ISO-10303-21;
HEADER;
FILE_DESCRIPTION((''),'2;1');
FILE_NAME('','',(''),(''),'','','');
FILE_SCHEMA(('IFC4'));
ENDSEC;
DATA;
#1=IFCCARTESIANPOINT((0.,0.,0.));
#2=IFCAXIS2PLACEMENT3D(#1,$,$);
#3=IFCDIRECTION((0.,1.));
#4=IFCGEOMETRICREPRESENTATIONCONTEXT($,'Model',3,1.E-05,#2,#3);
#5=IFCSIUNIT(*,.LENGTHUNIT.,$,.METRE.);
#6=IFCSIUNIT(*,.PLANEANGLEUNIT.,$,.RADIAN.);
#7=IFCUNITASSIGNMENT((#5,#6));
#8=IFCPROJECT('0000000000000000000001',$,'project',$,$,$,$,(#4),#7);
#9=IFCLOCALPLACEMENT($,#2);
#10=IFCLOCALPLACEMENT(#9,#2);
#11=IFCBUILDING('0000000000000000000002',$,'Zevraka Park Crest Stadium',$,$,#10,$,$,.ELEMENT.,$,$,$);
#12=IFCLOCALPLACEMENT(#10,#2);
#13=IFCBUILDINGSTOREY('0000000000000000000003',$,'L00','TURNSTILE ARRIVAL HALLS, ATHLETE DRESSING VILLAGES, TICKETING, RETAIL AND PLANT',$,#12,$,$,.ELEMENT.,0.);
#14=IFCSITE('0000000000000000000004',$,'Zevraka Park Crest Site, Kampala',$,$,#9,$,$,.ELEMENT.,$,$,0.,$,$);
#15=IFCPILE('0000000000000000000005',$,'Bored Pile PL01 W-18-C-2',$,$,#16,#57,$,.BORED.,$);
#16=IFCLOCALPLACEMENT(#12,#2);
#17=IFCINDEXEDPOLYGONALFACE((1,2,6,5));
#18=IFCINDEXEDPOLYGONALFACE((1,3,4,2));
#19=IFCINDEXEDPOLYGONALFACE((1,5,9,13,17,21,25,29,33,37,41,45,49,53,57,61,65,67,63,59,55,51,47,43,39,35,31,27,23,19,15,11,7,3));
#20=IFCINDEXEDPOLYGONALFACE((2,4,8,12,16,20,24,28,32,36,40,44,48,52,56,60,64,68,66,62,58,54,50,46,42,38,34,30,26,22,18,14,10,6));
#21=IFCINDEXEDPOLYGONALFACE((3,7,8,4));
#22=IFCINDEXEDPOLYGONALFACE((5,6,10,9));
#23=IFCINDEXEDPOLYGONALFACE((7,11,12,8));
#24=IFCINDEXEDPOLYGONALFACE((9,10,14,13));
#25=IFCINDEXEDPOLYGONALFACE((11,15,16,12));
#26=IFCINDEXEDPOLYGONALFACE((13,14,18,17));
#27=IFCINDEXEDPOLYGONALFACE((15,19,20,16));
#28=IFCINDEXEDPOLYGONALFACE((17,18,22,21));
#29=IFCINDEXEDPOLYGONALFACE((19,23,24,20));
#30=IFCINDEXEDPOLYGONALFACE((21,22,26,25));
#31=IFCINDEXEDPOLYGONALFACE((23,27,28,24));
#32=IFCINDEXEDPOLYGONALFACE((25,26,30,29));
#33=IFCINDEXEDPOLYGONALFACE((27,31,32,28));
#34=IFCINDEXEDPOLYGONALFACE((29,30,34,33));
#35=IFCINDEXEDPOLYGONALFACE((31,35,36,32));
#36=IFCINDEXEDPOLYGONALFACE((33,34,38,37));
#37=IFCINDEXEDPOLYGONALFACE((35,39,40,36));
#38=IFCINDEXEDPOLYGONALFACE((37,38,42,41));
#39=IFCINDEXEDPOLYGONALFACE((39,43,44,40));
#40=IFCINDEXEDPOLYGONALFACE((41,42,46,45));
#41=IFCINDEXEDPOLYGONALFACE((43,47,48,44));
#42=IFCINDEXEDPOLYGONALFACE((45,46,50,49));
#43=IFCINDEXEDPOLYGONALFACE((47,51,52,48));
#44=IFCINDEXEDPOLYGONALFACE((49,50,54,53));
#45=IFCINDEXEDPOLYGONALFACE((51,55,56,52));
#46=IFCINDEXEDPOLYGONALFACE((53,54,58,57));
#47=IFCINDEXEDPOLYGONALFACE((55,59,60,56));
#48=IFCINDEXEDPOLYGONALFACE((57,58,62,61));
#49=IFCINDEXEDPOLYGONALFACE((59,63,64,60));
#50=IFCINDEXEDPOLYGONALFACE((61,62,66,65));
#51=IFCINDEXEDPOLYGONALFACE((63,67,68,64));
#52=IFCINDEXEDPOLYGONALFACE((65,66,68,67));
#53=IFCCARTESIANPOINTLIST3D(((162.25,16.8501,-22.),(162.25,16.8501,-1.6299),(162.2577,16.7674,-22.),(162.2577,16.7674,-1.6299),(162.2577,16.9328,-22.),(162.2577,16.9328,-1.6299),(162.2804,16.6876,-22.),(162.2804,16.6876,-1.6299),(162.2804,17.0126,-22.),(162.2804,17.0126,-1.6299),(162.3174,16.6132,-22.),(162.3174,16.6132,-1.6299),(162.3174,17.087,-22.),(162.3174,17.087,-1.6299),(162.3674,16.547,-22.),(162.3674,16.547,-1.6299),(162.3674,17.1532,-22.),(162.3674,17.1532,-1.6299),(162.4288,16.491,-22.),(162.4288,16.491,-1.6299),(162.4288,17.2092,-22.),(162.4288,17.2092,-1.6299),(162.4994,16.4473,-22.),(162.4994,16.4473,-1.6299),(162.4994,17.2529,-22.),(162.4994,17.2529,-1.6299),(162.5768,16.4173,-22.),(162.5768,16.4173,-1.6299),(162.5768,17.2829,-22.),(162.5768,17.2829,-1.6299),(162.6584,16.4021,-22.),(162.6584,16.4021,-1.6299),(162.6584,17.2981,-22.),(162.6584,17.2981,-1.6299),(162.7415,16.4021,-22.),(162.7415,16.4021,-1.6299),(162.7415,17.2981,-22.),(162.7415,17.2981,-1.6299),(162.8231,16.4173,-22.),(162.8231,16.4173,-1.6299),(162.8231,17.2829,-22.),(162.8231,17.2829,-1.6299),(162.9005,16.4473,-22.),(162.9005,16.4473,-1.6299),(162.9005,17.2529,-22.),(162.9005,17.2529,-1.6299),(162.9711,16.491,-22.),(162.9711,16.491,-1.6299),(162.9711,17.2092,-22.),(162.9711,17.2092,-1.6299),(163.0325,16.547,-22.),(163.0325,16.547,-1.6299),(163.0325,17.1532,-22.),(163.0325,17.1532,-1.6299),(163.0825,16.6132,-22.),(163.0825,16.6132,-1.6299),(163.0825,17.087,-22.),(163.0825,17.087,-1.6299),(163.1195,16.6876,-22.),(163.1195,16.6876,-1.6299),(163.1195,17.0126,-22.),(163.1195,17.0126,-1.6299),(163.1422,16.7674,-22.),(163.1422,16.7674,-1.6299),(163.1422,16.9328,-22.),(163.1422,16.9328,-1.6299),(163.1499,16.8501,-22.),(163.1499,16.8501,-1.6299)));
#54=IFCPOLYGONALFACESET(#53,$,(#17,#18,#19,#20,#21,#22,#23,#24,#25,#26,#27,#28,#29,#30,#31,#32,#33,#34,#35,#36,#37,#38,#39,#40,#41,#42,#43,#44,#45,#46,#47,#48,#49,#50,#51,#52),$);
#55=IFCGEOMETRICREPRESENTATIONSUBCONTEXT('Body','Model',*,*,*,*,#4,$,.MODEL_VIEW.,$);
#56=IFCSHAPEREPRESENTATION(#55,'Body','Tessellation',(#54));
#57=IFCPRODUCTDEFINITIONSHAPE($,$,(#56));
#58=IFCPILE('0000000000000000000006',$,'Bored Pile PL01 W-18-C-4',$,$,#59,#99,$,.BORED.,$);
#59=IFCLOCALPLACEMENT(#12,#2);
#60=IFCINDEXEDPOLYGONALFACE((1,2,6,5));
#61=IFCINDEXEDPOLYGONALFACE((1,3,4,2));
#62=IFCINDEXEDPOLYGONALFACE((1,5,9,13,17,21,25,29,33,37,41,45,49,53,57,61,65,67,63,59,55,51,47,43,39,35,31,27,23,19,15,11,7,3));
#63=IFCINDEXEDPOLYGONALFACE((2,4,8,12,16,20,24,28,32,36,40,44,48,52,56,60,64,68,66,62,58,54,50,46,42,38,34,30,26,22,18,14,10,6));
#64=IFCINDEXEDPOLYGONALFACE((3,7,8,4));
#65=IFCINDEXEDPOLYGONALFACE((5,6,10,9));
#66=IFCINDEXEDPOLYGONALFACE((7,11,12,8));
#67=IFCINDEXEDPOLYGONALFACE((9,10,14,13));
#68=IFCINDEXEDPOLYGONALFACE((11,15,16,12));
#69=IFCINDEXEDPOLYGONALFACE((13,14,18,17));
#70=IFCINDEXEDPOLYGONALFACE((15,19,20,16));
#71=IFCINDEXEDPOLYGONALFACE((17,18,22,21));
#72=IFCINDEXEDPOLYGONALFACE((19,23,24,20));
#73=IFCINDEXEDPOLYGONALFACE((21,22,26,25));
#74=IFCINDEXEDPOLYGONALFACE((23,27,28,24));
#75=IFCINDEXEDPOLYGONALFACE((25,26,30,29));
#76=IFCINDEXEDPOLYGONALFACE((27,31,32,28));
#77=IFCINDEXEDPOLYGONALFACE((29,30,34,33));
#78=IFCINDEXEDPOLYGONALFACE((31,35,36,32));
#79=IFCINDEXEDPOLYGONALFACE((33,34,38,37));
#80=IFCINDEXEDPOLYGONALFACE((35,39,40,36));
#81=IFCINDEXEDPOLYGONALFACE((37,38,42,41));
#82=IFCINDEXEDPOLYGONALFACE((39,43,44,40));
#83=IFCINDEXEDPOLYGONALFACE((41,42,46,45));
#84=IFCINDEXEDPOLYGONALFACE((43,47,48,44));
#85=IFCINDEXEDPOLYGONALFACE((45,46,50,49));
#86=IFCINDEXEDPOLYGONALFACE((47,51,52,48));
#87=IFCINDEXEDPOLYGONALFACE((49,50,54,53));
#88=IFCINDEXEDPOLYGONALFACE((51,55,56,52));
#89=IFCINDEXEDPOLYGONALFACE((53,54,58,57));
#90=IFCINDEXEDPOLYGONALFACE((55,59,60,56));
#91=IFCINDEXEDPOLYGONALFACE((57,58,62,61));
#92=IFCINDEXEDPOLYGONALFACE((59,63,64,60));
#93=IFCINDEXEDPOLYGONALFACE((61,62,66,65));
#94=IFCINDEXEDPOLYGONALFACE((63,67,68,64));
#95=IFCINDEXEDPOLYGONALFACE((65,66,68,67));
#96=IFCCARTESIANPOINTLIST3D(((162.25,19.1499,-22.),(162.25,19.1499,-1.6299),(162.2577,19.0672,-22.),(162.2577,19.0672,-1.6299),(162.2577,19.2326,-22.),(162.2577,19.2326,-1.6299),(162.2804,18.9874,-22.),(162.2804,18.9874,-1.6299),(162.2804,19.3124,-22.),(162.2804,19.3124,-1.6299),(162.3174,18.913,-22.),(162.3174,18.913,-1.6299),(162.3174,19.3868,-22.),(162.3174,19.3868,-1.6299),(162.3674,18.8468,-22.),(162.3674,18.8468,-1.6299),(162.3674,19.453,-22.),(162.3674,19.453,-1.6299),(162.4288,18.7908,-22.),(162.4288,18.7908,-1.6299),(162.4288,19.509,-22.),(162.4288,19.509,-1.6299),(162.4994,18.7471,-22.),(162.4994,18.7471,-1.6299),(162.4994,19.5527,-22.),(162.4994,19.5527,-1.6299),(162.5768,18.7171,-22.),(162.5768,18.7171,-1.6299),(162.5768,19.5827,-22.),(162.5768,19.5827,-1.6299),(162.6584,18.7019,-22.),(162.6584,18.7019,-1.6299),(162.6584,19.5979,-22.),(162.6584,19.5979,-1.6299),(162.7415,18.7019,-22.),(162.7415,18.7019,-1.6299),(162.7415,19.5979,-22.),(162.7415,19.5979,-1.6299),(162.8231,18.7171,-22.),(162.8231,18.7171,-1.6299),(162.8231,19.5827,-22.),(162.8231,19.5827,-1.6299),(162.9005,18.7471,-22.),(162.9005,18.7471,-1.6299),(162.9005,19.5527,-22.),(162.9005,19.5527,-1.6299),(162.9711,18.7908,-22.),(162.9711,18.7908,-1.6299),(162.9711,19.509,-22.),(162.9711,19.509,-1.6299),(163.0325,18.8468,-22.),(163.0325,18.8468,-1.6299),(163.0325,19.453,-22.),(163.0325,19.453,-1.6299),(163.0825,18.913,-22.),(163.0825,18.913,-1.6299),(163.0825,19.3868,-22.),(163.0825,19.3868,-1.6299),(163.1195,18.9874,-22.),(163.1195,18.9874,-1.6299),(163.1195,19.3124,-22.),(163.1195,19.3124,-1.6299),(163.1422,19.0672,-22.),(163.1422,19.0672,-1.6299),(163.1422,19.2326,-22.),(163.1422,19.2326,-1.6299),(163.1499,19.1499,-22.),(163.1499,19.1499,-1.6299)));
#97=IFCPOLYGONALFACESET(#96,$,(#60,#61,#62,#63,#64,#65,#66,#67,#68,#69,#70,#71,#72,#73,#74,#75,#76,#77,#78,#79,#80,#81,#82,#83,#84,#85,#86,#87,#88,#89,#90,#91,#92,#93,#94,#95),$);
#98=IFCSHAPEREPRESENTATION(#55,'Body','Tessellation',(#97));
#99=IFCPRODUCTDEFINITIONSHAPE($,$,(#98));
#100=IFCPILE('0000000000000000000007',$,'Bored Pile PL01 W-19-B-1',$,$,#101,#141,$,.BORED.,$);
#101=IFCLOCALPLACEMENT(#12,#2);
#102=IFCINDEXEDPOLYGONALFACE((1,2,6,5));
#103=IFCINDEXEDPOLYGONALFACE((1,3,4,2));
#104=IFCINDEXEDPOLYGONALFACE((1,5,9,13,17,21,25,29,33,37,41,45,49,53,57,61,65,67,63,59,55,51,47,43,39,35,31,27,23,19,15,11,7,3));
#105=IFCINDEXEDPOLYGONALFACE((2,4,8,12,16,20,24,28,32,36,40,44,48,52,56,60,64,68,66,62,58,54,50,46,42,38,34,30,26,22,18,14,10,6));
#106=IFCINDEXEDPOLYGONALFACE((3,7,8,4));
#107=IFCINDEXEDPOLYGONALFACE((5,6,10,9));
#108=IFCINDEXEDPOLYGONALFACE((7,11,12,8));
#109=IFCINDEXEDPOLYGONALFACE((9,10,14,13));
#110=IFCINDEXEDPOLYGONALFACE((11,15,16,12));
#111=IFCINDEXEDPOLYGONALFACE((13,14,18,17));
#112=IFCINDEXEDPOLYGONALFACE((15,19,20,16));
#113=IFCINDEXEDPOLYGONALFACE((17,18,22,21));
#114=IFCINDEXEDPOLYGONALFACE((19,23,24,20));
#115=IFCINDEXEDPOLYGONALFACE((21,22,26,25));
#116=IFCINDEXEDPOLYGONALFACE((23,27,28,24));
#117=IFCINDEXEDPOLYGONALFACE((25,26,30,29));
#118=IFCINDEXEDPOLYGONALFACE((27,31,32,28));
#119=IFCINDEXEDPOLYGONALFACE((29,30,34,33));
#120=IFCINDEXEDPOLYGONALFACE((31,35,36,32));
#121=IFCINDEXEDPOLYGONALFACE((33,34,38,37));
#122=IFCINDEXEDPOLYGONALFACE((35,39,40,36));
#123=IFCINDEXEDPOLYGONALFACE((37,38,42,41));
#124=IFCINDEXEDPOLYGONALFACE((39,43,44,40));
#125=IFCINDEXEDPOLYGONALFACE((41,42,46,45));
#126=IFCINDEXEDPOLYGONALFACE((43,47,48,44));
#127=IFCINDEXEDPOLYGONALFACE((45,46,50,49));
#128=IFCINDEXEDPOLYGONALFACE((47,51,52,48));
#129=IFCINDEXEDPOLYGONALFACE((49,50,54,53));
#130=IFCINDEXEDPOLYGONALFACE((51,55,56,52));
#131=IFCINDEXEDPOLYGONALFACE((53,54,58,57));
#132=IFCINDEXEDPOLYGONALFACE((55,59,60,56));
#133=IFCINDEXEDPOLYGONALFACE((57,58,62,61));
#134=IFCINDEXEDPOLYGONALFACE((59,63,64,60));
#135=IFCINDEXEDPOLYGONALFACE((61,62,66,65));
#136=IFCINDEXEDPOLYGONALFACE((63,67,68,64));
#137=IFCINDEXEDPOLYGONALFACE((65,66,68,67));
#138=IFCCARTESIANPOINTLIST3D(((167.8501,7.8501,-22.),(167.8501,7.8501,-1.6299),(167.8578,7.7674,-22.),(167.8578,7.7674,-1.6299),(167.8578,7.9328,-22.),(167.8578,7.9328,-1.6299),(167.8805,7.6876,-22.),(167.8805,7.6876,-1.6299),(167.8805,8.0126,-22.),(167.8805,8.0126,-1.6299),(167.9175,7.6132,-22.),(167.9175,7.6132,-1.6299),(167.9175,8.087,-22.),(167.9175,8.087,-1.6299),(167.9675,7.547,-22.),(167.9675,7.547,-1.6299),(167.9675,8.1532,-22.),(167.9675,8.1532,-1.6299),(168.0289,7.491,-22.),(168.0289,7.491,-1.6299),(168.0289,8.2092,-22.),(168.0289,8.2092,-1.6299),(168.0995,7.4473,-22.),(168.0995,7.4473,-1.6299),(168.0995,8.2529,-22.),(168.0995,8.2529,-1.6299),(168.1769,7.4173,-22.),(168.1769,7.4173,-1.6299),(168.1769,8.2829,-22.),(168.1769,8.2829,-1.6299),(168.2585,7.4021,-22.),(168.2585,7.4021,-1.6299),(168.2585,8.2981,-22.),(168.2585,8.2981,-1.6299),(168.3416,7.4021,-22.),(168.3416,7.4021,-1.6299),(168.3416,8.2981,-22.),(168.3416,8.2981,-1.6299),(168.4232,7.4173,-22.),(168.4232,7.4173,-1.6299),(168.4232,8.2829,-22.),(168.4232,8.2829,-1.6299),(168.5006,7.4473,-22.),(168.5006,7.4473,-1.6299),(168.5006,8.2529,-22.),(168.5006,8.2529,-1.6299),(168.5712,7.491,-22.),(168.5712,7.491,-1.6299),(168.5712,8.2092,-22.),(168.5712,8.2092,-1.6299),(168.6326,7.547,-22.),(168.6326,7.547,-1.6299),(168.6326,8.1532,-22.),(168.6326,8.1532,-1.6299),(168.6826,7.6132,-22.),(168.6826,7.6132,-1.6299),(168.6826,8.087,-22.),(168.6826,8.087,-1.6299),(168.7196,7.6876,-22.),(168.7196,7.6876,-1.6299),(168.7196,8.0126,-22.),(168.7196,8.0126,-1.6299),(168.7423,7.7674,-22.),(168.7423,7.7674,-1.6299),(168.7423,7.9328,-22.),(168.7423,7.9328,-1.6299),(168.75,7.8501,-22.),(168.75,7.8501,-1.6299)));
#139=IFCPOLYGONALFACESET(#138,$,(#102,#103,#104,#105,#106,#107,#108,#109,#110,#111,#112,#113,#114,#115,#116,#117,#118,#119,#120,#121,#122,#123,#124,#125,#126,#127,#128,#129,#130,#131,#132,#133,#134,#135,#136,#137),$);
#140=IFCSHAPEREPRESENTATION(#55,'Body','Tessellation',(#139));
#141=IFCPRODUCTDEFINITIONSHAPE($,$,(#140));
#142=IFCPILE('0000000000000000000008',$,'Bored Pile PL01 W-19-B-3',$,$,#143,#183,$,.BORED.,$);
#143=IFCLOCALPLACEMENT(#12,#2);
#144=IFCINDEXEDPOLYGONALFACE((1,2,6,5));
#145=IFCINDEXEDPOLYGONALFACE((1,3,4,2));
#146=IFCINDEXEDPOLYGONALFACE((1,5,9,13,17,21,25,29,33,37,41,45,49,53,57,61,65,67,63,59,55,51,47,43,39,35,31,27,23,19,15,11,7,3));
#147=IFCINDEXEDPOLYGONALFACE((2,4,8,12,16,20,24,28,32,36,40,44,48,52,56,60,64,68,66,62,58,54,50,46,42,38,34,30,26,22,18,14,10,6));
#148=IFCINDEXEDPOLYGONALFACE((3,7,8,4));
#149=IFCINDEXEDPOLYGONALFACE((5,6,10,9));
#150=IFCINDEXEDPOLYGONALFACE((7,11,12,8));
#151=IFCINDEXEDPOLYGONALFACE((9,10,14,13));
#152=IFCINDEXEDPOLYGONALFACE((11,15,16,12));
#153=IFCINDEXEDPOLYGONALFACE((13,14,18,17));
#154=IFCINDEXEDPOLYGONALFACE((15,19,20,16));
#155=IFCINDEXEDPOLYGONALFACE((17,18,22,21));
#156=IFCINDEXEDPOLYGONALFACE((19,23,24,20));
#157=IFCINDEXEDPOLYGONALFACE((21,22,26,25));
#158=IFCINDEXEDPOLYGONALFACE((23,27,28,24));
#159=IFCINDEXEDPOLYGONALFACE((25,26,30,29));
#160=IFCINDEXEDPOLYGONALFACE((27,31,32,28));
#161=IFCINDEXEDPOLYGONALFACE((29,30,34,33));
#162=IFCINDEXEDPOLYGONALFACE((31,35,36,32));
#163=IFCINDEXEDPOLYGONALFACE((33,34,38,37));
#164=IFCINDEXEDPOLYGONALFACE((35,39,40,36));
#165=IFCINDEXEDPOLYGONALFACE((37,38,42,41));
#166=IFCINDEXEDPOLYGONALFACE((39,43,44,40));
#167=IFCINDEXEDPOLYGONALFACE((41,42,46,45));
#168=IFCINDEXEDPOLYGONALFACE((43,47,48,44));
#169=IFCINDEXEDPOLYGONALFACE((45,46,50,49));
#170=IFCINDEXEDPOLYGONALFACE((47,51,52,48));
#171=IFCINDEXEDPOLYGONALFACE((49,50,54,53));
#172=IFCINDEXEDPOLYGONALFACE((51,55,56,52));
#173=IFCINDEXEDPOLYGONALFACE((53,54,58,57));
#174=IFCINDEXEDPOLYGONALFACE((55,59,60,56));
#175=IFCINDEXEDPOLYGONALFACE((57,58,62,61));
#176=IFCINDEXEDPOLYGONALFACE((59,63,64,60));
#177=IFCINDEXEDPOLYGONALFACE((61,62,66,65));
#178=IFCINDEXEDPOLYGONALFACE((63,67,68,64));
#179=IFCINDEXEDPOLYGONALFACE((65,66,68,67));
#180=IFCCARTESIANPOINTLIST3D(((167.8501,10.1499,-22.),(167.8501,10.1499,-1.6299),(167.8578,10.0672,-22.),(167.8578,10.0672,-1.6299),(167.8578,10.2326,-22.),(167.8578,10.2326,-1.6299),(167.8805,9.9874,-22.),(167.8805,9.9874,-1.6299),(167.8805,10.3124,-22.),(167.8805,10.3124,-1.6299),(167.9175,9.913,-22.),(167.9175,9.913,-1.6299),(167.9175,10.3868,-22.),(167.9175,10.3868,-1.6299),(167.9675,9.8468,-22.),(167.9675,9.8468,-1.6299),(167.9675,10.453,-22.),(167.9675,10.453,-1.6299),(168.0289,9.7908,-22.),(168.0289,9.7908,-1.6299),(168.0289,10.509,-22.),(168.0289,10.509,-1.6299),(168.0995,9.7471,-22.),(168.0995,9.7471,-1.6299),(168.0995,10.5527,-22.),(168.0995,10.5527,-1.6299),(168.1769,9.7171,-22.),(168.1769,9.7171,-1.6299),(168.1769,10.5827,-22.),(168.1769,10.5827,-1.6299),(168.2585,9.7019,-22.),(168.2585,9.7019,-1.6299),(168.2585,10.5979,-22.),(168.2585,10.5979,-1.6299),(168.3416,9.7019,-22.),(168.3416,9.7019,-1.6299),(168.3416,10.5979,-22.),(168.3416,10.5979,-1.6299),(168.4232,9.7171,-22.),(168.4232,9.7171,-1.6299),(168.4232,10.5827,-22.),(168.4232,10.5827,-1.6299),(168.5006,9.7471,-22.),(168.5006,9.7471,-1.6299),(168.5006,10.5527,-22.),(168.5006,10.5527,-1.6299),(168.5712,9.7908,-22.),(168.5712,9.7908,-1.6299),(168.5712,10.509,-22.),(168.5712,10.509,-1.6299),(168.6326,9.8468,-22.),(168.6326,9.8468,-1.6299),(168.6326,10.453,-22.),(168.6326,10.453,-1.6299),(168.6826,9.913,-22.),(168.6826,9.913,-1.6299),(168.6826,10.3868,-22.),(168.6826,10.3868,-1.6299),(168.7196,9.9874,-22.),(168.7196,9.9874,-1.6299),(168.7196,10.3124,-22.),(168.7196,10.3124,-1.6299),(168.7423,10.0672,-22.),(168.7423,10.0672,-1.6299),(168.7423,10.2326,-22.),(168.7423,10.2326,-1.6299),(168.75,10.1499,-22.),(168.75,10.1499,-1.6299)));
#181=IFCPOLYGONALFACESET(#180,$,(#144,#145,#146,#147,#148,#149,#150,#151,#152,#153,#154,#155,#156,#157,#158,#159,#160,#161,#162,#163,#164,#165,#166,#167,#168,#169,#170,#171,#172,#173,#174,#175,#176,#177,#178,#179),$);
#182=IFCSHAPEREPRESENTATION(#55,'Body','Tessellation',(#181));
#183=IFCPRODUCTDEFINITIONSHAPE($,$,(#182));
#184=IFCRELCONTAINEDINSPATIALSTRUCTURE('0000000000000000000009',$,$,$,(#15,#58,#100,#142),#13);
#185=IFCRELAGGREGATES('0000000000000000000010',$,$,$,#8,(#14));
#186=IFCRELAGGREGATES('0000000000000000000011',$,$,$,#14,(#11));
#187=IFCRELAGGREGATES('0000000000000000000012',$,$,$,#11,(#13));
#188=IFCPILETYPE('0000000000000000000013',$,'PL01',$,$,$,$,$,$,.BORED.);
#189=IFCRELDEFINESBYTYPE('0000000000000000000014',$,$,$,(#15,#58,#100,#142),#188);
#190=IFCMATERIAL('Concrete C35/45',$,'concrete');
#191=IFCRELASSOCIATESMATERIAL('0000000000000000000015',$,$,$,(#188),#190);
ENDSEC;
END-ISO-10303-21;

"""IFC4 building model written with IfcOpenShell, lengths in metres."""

from ifc_helpers import new_model, si_unit, direction, frame, origin, origin_2d, place, context, subcontext, project, spatial, circle, extrude, material, material_profile, profile_set, type_object, element, save


model = new_model("IFC4")

# Units and contexts
model_context = context("Model", 3, precision=1e-05, world=origin(), true_north=direction((0.0, 1.0)))
body_context = subcontext(model_context, "Body", "Model", "MODEL_VIEW")
ifc_project = project(units=[si_unit("LENGTHUNIT", "METRE"), si_unit("PLANEANGLEUNIT", "RADIAN")], contexts=[model_context])

# Site, building, storey
site_placement = place(None, origin())
site = spatial("IfcSite", under=ifc_project, at=site_placement, Name="Zevraka Park Crest Site, Kampala", CompositionType="ELEMENT", RefElevation=0.0)
building_placement = place(site_placement, origin())
building = spatial("IfcBuilding", under=site, at=building_placement, Name="Zevraka Park Crest Stadium", CompositionType="ELEMENT")
storey_placement = place(building_placement, origin())
storey = spatial("IfcBuildingStorey", under=building, at=storey_placement, Name="L00", Description="TURNSTILE ARRIVAL HALLS, ATHLETE DRESSING VILLAGES, TICKETING, RETAIL AND PLANT", CompositionType="ELEMENT", Elevation=0.0)

# Piles
ifc_material_1 = material(Name="Concrete C35/45", Category="concrete")
ifc_material_profile_1 = material_profile(ifc_material_1, circle(Radius=0.45, at=origin_2d()), Name="PILE D900")
ifc_profile_set_1 = profile_set([ifc_material_profile_1], Name="Concrete C35/45")
pile_type_1 = type_object("IfcPileType", Name="PL01", PredefinedType="BORED", material=ifc_profile_set_1)
for number, where, z_axis, x_axis, name in (
    (1, (162.7, 16.8501, -1.6299), (0.0, 0.0, -1.0), (1.0, 0.0, 0.0), "Bored Pile PL01 W-18-C-2"),
    (2, (162.7, 19.1499, -1.6299), (0.0, 0.0, -1.0), (1.0, 0.0, 0.0), "Bored Pile PL01 W-18-C-4"),
    (3, (168.3, 7.8501, -1.6299), (0.0, 0.0, -1.0), (1.0, 0.0, 0.0), "Bored Pile PL01 W-19-B-1"),
    (4, (168.3, 10.1499, -1.6299), (0.0, 0.0, -1.0), (1.0, 0.0, 0.0), "Bored Pile PL01 W-19-B-3"),
):
    element("IfcPile", number, at=place(storey_placement, frame(where, z_axis=z_axis, x_axis=x_axis)), inside=storey, type_object=pile_type_1, Name=name, PredefinedType="BORED", context=body_context, shape_type="SweptSolid", body=[
        extrude(circle(Radius=0.45, at=origin_2d()), origin(), (0.0, 0.0, 1.0), 20.3701),
    ])

save(model, "model.ifc")
